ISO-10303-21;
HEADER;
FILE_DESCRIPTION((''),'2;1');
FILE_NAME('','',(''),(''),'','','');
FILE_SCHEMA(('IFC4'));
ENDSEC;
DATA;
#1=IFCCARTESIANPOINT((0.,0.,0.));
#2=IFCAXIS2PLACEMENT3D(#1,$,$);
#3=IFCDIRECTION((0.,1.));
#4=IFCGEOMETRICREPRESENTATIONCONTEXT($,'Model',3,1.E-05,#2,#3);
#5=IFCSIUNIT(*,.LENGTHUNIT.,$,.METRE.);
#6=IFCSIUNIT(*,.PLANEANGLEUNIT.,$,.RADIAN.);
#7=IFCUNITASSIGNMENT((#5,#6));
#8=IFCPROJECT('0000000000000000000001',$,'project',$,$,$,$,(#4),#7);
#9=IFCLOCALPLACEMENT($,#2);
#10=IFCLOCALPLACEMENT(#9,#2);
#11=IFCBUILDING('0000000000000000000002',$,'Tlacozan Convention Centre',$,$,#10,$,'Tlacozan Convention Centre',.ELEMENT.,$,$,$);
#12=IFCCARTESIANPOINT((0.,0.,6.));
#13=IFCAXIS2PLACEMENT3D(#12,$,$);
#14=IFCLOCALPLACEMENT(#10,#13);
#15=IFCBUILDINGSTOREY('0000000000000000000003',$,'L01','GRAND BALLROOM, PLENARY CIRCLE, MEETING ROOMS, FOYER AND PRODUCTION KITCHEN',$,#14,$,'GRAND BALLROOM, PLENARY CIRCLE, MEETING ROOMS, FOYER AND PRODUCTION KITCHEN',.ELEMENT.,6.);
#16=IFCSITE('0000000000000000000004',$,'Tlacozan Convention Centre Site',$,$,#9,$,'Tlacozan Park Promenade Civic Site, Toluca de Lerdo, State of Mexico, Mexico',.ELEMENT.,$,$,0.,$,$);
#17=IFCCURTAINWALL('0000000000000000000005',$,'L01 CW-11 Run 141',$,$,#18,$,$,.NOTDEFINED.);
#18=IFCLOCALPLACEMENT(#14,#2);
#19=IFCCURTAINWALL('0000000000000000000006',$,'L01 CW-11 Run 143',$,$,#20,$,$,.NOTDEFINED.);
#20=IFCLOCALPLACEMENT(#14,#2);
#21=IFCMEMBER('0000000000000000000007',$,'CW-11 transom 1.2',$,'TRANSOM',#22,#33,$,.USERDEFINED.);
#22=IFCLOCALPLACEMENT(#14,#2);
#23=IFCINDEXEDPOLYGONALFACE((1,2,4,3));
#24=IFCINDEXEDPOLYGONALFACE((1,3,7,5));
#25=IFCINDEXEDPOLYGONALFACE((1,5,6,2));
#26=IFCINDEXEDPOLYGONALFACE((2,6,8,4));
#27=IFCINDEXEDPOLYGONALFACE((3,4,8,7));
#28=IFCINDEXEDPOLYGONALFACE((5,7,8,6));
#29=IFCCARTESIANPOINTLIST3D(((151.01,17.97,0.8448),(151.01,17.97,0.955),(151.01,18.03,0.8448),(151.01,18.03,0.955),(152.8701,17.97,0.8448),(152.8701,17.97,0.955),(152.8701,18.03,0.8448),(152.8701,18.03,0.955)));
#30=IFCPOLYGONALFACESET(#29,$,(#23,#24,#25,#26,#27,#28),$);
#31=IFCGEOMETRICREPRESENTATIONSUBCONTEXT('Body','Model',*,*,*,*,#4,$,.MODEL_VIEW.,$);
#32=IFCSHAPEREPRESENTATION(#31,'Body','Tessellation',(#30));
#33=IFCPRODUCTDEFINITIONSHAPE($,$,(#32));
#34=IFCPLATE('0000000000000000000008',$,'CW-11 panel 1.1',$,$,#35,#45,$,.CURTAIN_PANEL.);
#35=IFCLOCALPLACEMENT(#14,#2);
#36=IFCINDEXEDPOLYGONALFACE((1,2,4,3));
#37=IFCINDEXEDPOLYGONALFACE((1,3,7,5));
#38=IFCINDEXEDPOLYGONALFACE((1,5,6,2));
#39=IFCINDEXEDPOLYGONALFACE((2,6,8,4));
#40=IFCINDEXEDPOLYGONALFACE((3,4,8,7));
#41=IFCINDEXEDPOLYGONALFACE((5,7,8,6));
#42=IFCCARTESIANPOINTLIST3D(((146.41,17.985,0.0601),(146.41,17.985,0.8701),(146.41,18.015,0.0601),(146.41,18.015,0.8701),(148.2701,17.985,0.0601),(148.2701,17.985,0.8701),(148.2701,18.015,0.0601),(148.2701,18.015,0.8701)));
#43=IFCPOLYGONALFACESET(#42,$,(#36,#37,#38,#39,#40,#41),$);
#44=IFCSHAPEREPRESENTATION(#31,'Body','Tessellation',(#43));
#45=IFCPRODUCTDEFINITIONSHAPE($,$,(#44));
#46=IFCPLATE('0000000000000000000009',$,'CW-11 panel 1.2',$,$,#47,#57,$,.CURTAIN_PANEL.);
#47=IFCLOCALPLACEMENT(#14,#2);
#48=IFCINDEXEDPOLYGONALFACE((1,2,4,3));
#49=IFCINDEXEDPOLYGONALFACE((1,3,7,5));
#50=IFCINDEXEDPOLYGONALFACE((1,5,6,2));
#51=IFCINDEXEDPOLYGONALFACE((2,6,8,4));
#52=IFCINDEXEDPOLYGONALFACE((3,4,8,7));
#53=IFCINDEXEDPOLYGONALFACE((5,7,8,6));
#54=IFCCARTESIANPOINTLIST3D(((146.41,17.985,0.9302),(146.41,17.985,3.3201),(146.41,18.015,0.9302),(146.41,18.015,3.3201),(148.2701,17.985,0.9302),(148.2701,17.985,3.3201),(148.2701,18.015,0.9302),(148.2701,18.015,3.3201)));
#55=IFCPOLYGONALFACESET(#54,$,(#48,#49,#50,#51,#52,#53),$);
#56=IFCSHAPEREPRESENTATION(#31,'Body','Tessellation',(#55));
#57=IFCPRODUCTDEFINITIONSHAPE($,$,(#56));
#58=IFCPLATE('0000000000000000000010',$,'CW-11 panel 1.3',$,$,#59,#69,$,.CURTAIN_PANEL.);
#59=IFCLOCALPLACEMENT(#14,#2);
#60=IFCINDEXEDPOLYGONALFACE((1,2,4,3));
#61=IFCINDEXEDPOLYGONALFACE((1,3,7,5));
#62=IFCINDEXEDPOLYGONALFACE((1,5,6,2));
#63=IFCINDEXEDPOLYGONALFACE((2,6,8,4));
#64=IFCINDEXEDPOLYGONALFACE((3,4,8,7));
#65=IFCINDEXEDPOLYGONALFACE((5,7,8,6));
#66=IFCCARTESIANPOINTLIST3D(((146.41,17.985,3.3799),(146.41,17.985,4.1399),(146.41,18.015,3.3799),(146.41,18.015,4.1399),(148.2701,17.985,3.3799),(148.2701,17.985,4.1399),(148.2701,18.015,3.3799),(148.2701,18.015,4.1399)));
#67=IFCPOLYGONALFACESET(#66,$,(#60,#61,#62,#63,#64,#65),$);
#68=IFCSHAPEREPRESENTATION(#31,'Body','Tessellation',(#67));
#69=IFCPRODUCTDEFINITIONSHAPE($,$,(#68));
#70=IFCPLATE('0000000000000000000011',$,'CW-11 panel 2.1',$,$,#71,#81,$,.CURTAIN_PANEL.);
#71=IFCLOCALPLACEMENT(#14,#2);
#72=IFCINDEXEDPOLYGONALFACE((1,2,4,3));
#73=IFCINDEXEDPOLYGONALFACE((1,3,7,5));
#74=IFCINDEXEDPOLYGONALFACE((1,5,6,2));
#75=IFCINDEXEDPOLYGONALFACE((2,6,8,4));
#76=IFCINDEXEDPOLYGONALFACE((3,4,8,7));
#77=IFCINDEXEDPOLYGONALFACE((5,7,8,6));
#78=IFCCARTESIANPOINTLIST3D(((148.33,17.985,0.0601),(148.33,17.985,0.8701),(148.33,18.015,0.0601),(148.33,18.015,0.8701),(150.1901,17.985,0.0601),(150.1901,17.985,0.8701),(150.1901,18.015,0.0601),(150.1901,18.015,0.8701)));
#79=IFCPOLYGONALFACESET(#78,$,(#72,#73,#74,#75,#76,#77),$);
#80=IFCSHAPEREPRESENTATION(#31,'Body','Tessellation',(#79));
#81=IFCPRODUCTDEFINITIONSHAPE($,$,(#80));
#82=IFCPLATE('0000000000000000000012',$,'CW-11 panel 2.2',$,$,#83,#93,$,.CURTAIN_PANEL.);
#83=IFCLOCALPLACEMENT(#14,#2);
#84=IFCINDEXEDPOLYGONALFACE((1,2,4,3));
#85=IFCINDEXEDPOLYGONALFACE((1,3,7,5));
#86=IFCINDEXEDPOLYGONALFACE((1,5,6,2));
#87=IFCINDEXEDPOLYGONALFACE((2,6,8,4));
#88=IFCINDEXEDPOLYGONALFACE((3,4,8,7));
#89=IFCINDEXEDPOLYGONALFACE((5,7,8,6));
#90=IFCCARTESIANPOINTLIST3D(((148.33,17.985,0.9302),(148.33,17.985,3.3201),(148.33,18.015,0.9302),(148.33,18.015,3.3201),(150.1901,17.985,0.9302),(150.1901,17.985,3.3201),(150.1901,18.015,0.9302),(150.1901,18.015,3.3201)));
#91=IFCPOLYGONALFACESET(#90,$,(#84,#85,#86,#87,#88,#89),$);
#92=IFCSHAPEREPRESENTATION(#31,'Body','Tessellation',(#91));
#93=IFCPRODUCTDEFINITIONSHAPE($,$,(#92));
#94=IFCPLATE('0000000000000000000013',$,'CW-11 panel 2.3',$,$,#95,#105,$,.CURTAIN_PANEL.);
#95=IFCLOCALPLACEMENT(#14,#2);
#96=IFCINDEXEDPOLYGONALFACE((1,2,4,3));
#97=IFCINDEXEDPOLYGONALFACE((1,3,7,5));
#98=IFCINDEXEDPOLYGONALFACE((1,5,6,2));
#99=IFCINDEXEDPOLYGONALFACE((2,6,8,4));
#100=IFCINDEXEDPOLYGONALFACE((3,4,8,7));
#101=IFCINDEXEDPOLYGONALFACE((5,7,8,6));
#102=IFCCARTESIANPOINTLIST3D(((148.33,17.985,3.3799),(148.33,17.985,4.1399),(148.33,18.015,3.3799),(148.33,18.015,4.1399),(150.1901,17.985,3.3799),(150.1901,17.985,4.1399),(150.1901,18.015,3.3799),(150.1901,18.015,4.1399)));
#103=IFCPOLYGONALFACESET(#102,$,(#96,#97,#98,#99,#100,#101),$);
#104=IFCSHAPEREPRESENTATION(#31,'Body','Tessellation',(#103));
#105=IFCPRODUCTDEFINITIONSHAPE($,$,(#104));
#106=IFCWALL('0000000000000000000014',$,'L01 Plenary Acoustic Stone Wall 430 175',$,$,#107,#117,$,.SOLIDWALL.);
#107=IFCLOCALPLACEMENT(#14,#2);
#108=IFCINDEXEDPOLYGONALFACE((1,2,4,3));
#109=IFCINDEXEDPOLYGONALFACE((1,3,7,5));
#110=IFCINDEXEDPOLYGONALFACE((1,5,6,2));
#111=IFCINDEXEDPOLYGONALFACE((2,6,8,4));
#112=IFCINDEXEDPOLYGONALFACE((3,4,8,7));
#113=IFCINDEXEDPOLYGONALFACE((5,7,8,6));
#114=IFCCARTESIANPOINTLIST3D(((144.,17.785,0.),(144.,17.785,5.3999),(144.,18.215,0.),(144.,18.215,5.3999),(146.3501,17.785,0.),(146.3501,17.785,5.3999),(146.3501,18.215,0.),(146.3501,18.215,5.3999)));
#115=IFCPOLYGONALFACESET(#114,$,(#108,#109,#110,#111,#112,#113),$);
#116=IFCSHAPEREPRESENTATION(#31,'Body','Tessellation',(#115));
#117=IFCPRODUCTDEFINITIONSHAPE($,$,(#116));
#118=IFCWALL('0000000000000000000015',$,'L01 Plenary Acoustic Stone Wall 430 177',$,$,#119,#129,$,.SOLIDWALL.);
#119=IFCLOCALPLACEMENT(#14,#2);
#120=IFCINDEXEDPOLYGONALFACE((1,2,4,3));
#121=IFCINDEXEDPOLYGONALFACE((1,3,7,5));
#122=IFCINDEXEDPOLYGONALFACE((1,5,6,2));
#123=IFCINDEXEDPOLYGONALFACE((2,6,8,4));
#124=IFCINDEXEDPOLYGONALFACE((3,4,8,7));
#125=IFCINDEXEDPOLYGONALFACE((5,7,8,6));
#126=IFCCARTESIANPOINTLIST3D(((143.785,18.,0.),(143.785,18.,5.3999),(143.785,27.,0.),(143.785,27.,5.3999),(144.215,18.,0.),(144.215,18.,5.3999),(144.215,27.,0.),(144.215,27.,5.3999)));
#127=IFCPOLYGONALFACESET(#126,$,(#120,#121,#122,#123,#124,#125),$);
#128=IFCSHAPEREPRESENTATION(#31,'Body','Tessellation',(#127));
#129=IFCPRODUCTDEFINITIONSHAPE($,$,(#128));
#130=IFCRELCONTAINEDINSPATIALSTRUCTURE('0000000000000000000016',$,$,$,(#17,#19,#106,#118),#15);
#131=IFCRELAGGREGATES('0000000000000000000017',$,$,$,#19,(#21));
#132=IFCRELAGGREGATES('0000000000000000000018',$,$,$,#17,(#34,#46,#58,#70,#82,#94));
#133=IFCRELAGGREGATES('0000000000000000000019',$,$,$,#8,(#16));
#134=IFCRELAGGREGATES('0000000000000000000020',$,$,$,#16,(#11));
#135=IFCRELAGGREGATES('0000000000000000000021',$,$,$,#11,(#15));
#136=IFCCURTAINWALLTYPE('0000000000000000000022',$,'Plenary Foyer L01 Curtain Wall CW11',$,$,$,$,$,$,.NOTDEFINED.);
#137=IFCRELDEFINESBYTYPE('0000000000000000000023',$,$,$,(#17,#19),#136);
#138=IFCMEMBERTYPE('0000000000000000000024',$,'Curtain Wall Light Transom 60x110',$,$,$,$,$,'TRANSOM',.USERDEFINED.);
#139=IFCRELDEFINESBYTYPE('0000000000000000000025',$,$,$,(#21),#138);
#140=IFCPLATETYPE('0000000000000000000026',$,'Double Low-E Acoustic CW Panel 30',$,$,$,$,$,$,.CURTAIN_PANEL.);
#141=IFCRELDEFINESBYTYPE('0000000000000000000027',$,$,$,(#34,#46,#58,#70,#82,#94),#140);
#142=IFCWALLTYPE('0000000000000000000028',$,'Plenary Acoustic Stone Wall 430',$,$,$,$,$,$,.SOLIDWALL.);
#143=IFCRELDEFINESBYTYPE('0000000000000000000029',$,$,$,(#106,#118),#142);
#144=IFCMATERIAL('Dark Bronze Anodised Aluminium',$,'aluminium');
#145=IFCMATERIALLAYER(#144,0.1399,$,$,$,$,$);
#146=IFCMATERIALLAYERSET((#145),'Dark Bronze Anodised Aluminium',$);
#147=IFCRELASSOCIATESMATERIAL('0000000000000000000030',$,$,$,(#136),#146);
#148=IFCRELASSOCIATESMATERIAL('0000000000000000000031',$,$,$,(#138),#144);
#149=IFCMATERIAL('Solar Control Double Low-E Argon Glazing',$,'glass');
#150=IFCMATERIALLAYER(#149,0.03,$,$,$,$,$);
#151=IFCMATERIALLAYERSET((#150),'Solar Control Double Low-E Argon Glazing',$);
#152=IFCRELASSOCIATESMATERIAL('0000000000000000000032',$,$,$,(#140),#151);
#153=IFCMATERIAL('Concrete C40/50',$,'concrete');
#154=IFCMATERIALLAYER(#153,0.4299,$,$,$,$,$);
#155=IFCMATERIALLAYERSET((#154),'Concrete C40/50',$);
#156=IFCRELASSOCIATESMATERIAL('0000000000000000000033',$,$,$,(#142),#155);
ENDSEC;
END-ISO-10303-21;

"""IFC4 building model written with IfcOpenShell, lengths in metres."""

from ifc_helpers import new_model, si_unit, direction, frame, frame_2d, origin, origin_2d, place, context, subcontext, project, spatial, rectangle, extrude, material, layer, layer_set, material_profile, profile_set, type_object, element, aggregate, save


model = new_model("IFC4")

# Units and contexts
model_context = context("Model", 3, precision=1e-05, world=origin(), true_north=direction((0.0, 1.0)))
body_context = subcontext(model_context, "Body", "Model", "MODEL_VIEW")
ifc_project = project(units=[si_unit("LENGTHUNIT", "METRE"), si_unit("PLANEANGLEUNIT", "RADIAN")], contexts=[model_context])

# Site, building, storey
site_placement = place(None, origin())
site = spatial("IfcSite", under=ifc_project, at=site_placement, Name="Tlacozan Convention Centre Site", LongName="Tlacozan Park Promenade Civic Site, Toluca de Lerdo, State of Mexico, Mexico", CompositionType="ELEMENT", RefElevation=0.0)
building_placement = place(site_placement, origin())
building = spatial("IfcBuilding", under=site, at=building_placement, Name="Tlacozan Convention Centre", LongName="Tlacozan Convention Centre", CompositionType="ELEMENT")
storey_placement = place(building_placement, frame((0.0, 0.0, 6.0)))
storey = spatial("IfcBuildingStorey", under=building, at=storey_placement, Name="L01", Description="GRAND BALLROOM, PLENARY CIRCLE, MEETING ROOMS, FOYER AND PRODUCTION KITCHEN", LongName="GRAND BALLROOM, PLENARY CIRCLE, MEETING ROOMS, FOYER AND PRODUCTION KITCHEN", CompositionType="ELEMENT", Elevation=6.0)

# Shared definitions
ifc_material_1 = material(Name="Concrete C40/50", Category="concrete")

# Curtain wall
ifc_material_2 = material(Name="Dark Bronze Anodised Aluminium", Category="aluminium")
ifc_layer_1 = layer(ifc_material_2, 0.1399)
ifc_layer_set_1 = layer_set([ifc_layer_1], Name="Dark Bronze Anodised Aluminium")
curtain_wall_type = type_object("IfcCurtainWallType", Name="Plenary Foyer L01 Curtain Wall CW11", PredefinedType="NOTDEFINED", material=ifc_layer_set_1)
curtain_wall_1_placement = place(storey_placement, origin())
curtain_wall_1 = element("IfcCurtainWall", 1, at=curtain_wall_1_placement, inside=storey, type_object=curtain_wall_type, Name="L01 CW-11 Run 141", PredefinedType="NOTDEFINED")

# Curtain wall
curtain_wall_2_placement = place(storey_placement, origin())
curtain_wall_2 = element("IfcCurtainWall", 2, at=curtain_wall_2_placement, inside=storey, type_object=curtain_wall_type, Name="L01 CW-11 Run 143", PredefinedType="NOTDEFINED")

# Member
ifc_material_profile_1 = material_profile(ifc_material_2, rectangle(XDim=0.0601, YDim=0.1101, at=origin_2d()), Name="ALU 60x110")
ifc_profile_set_1 = profile_set([ifc_material_profile_1], Name="Dark Bronze Anodised Aluminium")
member_type_1 = type_object("IfcMemberType", Name="Curtain Wall Light Transom 60x110", ElementType="TRANSOM", PredefinedType="USERDEFINED", material=ifc_profile_set_1)
member_1_placement = place(storey_placement, frame((151.01, 18.0, 0.8999), z_axis=(1.0, 0.0, 0.0), x_axis=(0.0, 1.0, 0.0)))
member_1 = element("IfcMember", 3, at=member_1_placement, type_object=member_type_1, Name="CW-11 transom 1.2", ObjectType="TRANSOM", PredefinedType="USERDEFINED", context=body_context, shape_type="SweptSolid", body=[
    extrude(rectangle(XDim=0.0601, YDim=0.1101, at=origin_2d()), origin(), (0.0, 0.0, 1.0), 1.8601),
])
aggregate(curtain_wall_2, [member_1])

# Plates
ifc_material_3 = material(Name="Solar Control Double Low-E Argon Glazing", Category="glass")
ifc_layer_2 = layer(ifc_material_3, 0.03)
ifc_layer_set_2 = layer_set([ifc_layer_2], Name="Solar Control Double Low-E Argon Glazing")
plate_type = type_object("IfcPlateType", Name="Double Low-E Acoustic CW Panel 30", PredefinedType="CURTAIN_PANEL", material=ifc_layer_set_2)
plate_1_placement = place(storey_placement, frame((147.3401, 18.0, 0.0601), z_axis=(0.0, 0.0, 1.0), x_axis=(1.0, 0.0, 0.0)))
plate_1 = element("IfcPlate", 4, at=plate_1_placement, type_object=plate_type, Name="CW-11 panel 1.1", PredefinedType="CURTAIN_PANEL", context=body_context, shape_type="SweptSolid", body=[
    extrude(rectangle(XDim=1.8601, YDim=0.03, at=origin_2d()), origin(), (0.0, 0.0, 1.0), 0.8101),
])
plate_2_placement = place(storey_placement, frame((147.3401, 18.0, 0.9302), z_axis=(0.0, 0.0, 1.0), x_axis=(1.0, 0.0, 0.0)))
plate_2 = element("IfcPlate", 5, at=plate_2_placement, type_object=plate_type, Name="CW-11 panel 1.2", PredefinedType="CURTAIN_PANEL", context=body_context, shape_type="SweptSolid", body=[
    extrude(rectangle(XDim=1.8601, YDim=0.03, at=origin_2d()), origin(), (0.0, 0.0, 1.0), 2.3899),
])
plate_3_placement = place(storey_placement, frame((147.3401, 18.0, 3.3799), z_axis=(0.0, 0.0, 1.0), x_axis=(1.0, 0.0, 0.0)))
plate_3 = element("IfcPlate", 6, at=plate_3_placement, type_object=plate_type, Name="CW-11 panel 1.3", PredefinedType="CURTAIN_PANEL", context=body_context, shape_type="SweptSolid", body=[
    extrude(rectangle(XDim=1.8601, YDim=0.03, at=origin_2d()), origin(), (0.0, 0.0, 1.0), 0.76),
])
plate_4_placement = place(storey_placement, frame((149.26, 18.0, 0.0601), z_axis=(0.0, 0.0, 1.0), x_axis=(1.0, 0.0, 0.0)))
plate_4 = element("IfcPlate", 7, at=plate_4_placement, type_object=plate_type, Name="CW-11 panel 2.1", PredefinedType="CURTAIN_PANEL", context=body_context, shape_type="SweptSolid", body=[
    extrude(rectangle(XDim=1.8601, YDim=0.03, at=origin_2d()), origin(), (0.0, 0.0, 1.0), 0.8101),
])
plate_5_placement = place(storey_placement, frame((149.26, 18.0, 0.9302), z_axis=(0.0, 0.0, 1.0), x_axis=(1.0, 0.0, 0.0)))
plate_5 = element("IfcPlate", 8, at=plate_5_placement, type_object=plate_type, Name="CW-11 panel 2.2", PredefinedType="CURTAIN_PANEL", context=body_context, shape_type="SweptSolid", body=[
    extrude(rectangle(XDim=1.8601, YDim=0.03, at=origin_2d()), origin(), (0.0, 0.0, 1.0), 2.3899),
])
plate_6_placement = place(storey_placement, frame((149.26, 18.0, 3.3799), z_axis=(0.0, 0.0, 1.0), x_axis=(1.0, 0.0, 0.0)))
plate_6 = element("IfcPlate", 9, at=plate_6_placement, type_object=plate_type, Name="CW-11 panel 2.3", PredefinedType="CURTAIN_PANEL", context=body_context, shape_type="SweptSolid", body=[
    extrude(rectangle(XDim=1.8601, YDim=0.03, at=origin_2d()), origin(), (0.0, 0.0, 1.0), 0.76),
])
aggregate(curtain_wall_1, [plate_1, plate_2, plate_3, plate_4, plate_5, plate_6])

# Walls
ifc_layer_3 = layer(ifc_material_1, 0.4299)
ifc_layer_set_3 = layer_set([ifc_layer_3], Name="Concrete C40/50")
wall_type = type_object("IfcWallType", Name="Plenary Acoustic Stone Wall 430", PredefinedType="SOLIDWALL", material=ifc_layer_set_3)
wall_1_placement = place(storey_placement, frame((144.0, 18.0, 0.0), z_axis=(0.0, 0.0, 1.0), x_axis=(1.0, 0.0, 0.0)))
element("IfcWall", 10, at=wall_1_placement, inside=storey, type_object=wall_type, Name="L01 Plenary Acoustic Stone Wall 430 175", PredefinedType="SOLIDWALL", context=body_context, shape_type="SweptSolid", body=[
    extrude(rectangle(XDim=2.3501, YDim=0.4299, at=frame_2d((1.175, 0.0))), origin(), (0.0, 0.0, 1.0), 5.3999),
])
wall_2_placement = place(storey_placement, frame((144.0, 18.0, 0.0), z_axis=(0.0, 0.0, 1.0), x_axis=(0.0, 1.0, 0.0)))
element("IfcWall", 11, at=wall_2_placement, inside=storey, type_object=wall_type, Name="L01 Plenary Acoustic Stone Wall 430 177", PredefinedType="SOLIDWALL", context=body_context, shape_type="SweptSolid", body=[
    extrude(rectangle(XDim=9.0, YDim=0.4299, at=frame_2d((4.5, 0.0))), origin(), (0.0, 0.0, 1.0), 5.3999),
])

save(model, "model.ifc")
